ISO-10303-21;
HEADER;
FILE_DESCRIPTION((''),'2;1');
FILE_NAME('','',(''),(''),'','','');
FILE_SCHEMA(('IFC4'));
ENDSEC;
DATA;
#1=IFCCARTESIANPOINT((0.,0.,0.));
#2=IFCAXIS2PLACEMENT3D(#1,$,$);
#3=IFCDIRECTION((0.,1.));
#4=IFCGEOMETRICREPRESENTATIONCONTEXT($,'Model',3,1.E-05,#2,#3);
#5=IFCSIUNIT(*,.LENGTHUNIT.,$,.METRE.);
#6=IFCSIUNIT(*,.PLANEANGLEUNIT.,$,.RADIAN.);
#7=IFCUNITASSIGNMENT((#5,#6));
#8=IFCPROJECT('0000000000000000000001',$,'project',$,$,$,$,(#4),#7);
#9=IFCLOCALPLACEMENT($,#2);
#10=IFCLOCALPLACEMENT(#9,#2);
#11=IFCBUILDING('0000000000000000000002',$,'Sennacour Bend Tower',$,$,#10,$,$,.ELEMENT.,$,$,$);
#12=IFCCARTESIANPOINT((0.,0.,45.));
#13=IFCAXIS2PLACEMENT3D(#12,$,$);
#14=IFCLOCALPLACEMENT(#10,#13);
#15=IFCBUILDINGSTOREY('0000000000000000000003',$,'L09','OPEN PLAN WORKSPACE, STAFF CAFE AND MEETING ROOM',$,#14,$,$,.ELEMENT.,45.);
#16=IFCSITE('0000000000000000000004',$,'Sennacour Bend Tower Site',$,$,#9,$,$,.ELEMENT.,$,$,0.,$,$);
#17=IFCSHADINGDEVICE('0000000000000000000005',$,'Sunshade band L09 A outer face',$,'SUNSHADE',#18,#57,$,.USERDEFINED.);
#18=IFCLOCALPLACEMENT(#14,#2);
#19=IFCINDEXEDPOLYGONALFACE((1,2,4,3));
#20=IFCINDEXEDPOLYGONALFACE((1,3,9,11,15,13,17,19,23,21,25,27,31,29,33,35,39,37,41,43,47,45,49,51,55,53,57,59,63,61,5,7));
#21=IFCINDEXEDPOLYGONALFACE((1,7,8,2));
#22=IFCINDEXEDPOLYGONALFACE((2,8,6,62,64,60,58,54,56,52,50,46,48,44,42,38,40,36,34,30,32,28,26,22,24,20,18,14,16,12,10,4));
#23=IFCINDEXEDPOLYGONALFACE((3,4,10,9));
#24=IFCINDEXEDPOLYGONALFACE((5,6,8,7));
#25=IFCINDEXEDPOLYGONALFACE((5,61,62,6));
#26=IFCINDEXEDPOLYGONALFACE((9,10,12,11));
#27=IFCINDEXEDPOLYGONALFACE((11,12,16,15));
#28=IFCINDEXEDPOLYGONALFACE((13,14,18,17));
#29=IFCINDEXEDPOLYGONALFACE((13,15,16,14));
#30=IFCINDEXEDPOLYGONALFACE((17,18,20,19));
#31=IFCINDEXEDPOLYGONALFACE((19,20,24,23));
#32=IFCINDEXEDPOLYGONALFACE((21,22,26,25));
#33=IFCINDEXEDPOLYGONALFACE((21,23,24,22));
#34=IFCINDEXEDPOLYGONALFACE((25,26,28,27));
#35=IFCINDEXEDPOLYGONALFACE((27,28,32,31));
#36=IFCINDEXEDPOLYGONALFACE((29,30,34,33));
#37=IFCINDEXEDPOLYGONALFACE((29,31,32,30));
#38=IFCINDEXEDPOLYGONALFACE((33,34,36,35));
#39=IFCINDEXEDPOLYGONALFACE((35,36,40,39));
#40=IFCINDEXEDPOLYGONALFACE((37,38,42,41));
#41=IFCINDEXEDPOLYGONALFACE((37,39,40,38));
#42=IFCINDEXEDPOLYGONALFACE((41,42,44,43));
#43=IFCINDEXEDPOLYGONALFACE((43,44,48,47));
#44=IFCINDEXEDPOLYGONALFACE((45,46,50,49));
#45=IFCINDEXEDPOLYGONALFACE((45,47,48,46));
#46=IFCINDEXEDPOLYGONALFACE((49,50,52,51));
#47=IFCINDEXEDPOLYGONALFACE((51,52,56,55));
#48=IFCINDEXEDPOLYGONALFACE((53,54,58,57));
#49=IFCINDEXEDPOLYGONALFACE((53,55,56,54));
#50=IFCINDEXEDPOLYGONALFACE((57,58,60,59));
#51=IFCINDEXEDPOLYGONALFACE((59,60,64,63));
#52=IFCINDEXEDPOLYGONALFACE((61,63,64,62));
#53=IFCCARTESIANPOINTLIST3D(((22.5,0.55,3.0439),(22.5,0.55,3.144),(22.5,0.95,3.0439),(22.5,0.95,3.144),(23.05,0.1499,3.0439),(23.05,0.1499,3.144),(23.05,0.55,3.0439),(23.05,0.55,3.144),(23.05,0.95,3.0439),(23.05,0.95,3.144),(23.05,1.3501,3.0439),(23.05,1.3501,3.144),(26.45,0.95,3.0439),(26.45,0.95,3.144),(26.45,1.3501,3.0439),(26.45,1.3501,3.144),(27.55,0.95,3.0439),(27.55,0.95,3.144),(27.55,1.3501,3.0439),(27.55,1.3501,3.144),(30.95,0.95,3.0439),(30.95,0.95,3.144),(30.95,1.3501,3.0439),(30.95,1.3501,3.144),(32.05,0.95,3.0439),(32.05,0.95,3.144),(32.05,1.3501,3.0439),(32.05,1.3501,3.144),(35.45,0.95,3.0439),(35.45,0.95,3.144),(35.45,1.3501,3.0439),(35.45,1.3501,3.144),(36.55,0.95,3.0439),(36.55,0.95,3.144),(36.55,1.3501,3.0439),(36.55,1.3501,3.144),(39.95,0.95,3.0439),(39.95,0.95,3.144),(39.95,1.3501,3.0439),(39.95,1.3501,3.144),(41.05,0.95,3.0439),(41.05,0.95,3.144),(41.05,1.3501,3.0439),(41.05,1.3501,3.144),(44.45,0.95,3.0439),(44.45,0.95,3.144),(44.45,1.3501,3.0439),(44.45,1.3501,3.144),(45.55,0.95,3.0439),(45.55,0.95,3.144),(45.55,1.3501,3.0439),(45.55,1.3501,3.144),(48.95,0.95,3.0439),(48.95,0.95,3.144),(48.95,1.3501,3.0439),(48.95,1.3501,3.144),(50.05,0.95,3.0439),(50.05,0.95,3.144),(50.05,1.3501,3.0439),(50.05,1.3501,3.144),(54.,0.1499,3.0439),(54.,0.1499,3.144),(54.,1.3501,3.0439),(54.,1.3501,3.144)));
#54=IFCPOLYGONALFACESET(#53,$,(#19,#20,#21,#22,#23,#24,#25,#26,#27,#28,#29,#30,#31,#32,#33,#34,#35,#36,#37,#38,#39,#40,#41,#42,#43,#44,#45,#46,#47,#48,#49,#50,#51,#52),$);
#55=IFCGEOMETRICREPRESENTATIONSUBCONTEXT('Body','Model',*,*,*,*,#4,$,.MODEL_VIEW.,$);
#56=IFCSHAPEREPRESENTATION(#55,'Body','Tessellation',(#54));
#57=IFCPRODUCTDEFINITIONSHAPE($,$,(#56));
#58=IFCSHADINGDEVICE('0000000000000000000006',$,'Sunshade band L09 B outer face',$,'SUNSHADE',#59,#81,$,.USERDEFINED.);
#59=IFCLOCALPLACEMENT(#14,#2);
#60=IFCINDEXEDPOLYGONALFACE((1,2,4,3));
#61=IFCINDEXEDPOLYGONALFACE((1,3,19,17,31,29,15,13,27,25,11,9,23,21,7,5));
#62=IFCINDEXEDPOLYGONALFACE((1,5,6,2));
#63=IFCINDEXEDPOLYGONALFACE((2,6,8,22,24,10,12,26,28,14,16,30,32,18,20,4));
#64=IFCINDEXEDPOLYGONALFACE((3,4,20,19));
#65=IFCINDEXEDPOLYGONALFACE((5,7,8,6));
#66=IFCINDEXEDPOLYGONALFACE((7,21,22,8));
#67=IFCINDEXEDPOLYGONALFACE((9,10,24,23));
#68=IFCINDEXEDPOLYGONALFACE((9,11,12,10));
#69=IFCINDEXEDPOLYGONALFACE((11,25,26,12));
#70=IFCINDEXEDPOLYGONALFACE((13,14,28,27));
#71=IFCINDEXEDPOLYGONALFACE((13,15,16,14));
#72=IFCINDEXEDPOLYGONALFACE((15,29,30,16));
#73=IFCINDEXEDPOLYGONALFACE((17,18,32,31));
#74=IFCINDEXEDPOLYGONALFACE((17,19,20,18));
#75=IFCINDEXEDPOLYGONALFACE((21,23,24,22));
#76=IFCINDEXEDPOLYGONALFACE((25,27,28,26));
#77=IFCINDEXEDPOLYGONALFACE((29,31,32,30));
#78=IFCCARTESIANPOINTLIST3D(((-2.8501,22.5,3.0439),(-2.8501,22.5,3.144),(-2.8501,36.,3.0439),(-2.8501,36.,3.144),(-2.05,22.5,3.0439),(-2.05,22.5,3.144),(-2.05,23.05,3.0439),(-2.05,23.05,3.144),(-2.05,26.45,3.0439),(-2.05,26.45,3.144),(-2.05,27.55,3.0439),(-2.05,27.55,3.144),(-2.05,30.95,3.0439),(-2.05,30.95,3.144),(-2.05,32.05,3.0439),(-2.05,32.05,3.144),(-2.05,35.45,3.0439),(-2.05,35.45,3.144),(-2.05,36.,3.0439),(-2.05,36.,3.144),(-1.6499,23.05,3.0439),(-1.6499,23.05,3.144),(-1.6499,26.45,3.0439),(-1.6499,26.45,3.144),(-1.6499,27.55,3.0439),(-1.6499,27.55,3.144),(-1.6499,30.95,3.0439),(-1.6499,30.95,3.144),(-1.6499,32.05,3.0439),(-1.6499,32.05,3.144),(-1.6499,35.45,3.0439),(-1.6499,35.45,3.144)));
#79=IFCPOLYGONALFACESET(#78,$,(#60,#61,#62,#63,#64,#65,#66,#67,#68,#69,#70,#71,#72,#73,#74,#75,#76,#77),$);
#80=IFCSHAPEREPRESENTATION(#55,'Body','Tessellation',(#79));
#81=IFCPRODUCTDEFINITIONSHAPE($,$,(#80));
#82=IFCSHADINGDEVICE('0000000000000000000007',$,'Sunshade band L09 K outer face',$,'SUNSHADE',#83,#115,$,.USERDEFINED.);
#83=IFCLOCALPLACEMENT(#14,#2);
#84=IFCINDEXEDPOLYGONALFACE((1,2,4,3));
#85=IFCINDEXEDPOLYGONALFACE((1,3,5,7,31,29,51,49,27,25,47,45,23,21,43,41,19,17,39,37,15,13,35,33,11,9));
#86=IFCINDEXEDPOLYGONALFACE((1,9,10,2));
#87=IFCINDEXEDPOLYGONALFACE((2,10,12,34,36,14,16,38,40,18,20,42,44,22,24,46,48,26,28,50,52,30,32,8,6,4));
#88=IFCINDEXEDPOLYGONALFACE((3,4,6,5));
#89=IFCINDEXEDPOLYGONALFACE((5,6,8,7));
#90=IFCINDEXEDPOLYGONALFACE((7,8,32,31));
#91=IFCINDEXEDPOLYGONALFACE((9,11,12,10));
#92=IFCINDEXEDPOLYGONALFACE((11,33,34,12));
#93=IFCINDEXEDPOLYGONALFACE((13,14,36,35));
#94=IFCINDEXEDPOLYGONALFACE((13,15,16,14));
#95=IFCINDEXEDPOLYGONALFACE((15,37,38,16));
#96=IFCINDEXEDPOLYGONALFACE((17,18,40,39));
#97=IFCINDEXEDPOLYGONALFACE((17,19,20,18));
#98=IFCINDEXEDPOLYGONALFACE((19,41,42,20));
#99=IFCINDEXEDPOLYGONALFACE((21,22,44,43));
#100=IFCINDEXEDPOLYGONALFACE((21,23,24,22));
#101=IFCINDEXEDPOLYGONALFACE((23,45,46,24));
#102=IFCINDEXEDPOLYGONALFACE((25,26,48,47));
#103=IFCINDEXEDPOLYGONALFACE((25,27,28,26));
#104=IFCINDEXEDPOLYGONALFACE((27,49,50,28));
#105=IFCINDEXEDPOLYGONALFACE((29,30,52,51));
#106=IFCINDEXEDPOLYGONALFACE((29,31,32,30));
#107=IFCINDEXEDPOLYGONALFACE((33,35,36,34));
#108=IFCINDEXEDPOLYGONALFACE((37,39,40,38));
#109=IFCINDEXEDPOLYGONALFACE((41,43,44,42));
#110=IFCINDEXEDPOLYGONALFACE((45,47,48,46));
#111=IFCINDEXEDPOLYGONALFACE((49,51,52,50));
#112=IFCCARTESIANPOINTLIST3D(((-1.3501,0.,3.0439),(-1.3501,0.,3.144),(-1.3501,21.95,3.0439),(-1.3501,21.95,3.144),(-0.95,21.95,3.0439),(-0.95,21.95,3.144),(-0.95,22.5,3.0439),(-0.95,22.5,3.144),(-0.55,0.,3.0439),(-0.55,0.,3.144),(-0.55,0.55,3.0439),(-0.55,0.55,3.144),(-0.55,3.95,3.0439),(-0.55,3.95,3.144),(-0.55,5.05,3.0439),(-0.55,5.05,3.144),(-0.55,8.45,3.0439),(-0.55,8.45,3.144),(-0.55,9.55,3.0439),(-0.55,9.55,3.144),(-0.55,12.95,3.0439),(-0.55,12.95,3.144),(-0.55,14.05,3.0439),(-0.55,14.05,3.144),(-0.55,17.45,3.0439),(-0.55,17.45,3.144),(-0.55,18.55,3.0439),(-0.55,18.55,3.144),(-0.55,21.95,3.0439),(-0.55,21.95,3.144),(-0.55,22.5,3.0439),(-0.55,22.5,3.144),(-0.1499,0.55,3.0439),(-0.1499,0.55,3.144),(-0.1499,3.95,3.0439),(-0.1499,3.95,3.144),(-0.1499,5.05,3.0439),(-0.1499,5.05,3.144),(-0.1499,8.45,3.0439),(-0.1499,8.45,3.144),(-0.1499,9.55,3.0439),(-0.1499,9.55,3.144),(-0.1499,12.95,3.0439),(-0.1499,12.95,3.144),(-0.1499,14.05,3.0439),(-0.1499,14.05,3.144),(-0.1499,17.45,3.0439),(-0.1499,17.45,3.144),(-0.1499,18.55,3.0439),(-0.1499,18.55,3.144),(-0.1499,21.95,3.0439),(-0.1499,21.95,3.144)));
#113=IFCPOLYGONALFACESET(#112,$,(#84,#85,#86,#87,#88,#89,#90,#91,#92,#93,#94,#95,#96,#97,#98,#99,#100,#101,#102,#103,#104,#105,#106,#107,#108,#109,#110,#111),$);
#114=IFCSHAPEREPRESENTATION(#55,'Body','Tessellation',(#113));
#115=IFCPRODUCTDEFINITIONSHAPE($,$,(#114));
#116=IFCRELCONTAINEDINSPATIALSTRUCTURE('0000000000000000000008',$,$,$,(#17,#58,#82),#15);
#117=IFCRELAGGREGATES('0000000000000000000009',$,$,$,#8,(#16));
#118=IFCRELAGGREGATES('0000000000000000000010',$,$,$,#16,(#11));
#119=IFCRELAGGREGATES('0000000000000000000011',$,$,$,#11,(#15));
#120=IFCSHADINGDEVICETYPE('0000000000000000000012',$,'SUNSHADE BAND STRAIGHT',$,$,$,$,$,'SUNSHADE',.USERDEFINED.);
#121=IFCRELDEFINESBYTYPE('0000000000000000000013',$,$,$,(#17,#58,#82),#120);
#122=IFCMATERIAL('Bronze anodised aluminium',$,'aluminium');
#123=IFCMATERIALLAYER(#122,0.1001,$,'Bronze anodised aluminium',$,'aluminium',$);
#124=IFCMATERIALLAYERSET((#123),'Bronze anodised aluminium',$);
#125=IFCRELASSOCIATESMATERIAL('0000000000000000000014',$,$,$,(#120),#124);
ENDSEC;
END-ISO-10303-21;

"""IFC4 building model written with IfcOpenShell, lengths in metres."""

from ifc_helpers import new_model, si_unit, direction, frame, origin, place, context, subcontext, project, spatial, polyline, outline, extrude, material, layer, layer_set, type_object, element, save


model = new_model("IFC4")

# Units and contexts
model_context = context("Model", 3, precision=1e-05, world=origin(), true_north=direction((0.0, 1.0)))
body_context = subcontext(model_context, "Body", "Model", "MODEL_VIEW")
ifc_project = project(units=[si_unit("LENGTHUNIT", "METRE"), si_unit("PLANEANGLEUNIT", "RADIAN")], contexts=[model_context])

# Site, building, storey
site_placement = place(None, origin())
site = spatial("IfcSite", under=ifc_project, at=site_placement, Name="Sennacour Bend Tower Site", CompositionType="ELEMENT", RefElevation=0.0)
building_placement = place(site_placement, origin())
building = spatial("IfcBuilding", under=site, at=building_placement, Name="Sennacour Bend Tower", CompositionType="ELEMENT")
storey_placement = place(building_placement, frame((0.0, 0.0, 45.0)))
storey = spatial("IfcBuildingStorey", under=building, at=storey_placement, Name="L09", Description="OPEN PLAN WORKSPACE, STAFF CAFE AND MEETING ROOM", CompositionType="ELEMENT", Elevation=45.0)

# Shading devices
ifc_material_1 = material(Name="Bronze anodised aluminium", Category="aluminium")
ifc_layer_1 = layer(ifc_material_1, 0.1001, Name="Bronze anodised aluminium", Category="aluminium")
ifc_layer_set_1 = layer_set([ifc_layer_1], Name="Bronze anodised aluminium")
shading_device_type_1 = type_object("IfcShadingDeviceType", Name="SUNSHADE BAND STRAIGHT", ElementType="SUNSHADE", PredefinedType="USERDEFINED", material=ifc_layer_set_1)
shading_device_1_placement = place(storey_placement, frame((0.0, 0.0, 3.0439)))
element("IfcShadingDevice", 1, at=shading_device_1_placement, inside=storey, type_object=shading_device_type_1, Name="Sunshade band L09 A outer face", ObjectType="SUNSHADE", PredefinedType="USERDEFINED", context=body_context, shape_type="SweptSolid", body=[
    extrude(outline(polyline([(26.45, 1.3501), (26.45, 0.95), (27.55, 0.95), (27.55, 1.3501), (30.95, 1.3501), (30.95, 0.95), (32.05, 0.95), (32.05, 1.3501), (35.45, 1.3501), (35.45, 0.95), (36.55, 0.95), (36.55, 1.3501), (39.95, 1.3501), (39.95, 0.95), (41.05, 0.95), (41.05, 1.3501), (44.45, 1.3501), (44.45, 0.95), (45.55, 0.95), (45.55, 1.3501), (48.95, 1.3501), (48.95, 0.95), (50.05, 0.95), (50.05, 1.3501), (54.0, 1.3501), (54.0, 0.1499), (23.05, 0.1499), (23.05, 0.55), (22.5, 0.55), (22.5, 0.95), (23.05, 0.95), (23.05, 1.3501), (26.45, 1.3501)])), origin(), (0.0, 0.0, 1.0), 0.1001),
])
shading_device_2_placement = place(storey_placement, frame((0.0, 0.0, 3.0439)))
element("IfcShadingDevice", 2, at=shading_device_2_placement, inside=storey, type_object=shading_device_type_1, Name="Sunshade band L09 B outer face", ObjectType="SUNSHADE", PredefinedType="USERDEFINED", context=body_context, shape_type="SweptSolid", body=[
    extrude(outline(polyline([(-1.6499, 32.05), (-2.05, 32.05), (-2.05, 30.95), (-1.6499, 30.95), (-1.6499, 27.55), (-2.05, 27.55), (-2.05, 26.45), (-1.6499, 26.45), (-1.6499, 23.05), (-2.05, 23.05), (-2.05, 22.5), (-2.8501, 22.5), (-2.8501, 36.0), (-2.05, 36.0), (-2.05, 35.45), (-1.6499, 35.45), (-1.6499, 32.05)])), origin(), (0.0, 0.0, 1.0), 0.1001),
])
shading_device_3_placement = place(storey_placement, frame((0.0, 0.0, 3.0439)))
element("IfcShadingDevice", 3, at=shading_device_3_placement, inside=storey, type_object=shading_device_type_1, Name="Sunshade band L09 K outer face", ObjectType="SUNSHADE", PredefinedType="USERDEFINED", context=body_context, shape_type="SweptSolid", body=[
    extrude(outline(polyline([(-0.1499, 18.55), (-0.55, 18.55), (-0.55, 17.45), (-0.1499, 17.45), (-0.1499, 14.05), (-0.55, 14.05), (-0.55, 12.95), (-0.1499, 12.95), (-0.1499, 9.55), (-0.55, 9.55), (-0.55, 8.45), (-0.1499, 8.45), (-0.1499, 5.05), (-0.55, 5.05), (-0.55, 3.95), (-0.1499, 3.95), (-0.1499, 0.55), (-0.55, 0.55), (-0.55, 0.0), (-1.3501, 0.0), (-1.3501, 21.95), (-0.95, 21.95), (-0.95, 22.5), (-0.55, 22.5), (-0.55, 21.95), (-0.1499, 21.95), (-0.1499, 18.55)])), origin(), (0.0, 0.0, 1.0), 0.1001),
])

save(model, "model.ifc")
